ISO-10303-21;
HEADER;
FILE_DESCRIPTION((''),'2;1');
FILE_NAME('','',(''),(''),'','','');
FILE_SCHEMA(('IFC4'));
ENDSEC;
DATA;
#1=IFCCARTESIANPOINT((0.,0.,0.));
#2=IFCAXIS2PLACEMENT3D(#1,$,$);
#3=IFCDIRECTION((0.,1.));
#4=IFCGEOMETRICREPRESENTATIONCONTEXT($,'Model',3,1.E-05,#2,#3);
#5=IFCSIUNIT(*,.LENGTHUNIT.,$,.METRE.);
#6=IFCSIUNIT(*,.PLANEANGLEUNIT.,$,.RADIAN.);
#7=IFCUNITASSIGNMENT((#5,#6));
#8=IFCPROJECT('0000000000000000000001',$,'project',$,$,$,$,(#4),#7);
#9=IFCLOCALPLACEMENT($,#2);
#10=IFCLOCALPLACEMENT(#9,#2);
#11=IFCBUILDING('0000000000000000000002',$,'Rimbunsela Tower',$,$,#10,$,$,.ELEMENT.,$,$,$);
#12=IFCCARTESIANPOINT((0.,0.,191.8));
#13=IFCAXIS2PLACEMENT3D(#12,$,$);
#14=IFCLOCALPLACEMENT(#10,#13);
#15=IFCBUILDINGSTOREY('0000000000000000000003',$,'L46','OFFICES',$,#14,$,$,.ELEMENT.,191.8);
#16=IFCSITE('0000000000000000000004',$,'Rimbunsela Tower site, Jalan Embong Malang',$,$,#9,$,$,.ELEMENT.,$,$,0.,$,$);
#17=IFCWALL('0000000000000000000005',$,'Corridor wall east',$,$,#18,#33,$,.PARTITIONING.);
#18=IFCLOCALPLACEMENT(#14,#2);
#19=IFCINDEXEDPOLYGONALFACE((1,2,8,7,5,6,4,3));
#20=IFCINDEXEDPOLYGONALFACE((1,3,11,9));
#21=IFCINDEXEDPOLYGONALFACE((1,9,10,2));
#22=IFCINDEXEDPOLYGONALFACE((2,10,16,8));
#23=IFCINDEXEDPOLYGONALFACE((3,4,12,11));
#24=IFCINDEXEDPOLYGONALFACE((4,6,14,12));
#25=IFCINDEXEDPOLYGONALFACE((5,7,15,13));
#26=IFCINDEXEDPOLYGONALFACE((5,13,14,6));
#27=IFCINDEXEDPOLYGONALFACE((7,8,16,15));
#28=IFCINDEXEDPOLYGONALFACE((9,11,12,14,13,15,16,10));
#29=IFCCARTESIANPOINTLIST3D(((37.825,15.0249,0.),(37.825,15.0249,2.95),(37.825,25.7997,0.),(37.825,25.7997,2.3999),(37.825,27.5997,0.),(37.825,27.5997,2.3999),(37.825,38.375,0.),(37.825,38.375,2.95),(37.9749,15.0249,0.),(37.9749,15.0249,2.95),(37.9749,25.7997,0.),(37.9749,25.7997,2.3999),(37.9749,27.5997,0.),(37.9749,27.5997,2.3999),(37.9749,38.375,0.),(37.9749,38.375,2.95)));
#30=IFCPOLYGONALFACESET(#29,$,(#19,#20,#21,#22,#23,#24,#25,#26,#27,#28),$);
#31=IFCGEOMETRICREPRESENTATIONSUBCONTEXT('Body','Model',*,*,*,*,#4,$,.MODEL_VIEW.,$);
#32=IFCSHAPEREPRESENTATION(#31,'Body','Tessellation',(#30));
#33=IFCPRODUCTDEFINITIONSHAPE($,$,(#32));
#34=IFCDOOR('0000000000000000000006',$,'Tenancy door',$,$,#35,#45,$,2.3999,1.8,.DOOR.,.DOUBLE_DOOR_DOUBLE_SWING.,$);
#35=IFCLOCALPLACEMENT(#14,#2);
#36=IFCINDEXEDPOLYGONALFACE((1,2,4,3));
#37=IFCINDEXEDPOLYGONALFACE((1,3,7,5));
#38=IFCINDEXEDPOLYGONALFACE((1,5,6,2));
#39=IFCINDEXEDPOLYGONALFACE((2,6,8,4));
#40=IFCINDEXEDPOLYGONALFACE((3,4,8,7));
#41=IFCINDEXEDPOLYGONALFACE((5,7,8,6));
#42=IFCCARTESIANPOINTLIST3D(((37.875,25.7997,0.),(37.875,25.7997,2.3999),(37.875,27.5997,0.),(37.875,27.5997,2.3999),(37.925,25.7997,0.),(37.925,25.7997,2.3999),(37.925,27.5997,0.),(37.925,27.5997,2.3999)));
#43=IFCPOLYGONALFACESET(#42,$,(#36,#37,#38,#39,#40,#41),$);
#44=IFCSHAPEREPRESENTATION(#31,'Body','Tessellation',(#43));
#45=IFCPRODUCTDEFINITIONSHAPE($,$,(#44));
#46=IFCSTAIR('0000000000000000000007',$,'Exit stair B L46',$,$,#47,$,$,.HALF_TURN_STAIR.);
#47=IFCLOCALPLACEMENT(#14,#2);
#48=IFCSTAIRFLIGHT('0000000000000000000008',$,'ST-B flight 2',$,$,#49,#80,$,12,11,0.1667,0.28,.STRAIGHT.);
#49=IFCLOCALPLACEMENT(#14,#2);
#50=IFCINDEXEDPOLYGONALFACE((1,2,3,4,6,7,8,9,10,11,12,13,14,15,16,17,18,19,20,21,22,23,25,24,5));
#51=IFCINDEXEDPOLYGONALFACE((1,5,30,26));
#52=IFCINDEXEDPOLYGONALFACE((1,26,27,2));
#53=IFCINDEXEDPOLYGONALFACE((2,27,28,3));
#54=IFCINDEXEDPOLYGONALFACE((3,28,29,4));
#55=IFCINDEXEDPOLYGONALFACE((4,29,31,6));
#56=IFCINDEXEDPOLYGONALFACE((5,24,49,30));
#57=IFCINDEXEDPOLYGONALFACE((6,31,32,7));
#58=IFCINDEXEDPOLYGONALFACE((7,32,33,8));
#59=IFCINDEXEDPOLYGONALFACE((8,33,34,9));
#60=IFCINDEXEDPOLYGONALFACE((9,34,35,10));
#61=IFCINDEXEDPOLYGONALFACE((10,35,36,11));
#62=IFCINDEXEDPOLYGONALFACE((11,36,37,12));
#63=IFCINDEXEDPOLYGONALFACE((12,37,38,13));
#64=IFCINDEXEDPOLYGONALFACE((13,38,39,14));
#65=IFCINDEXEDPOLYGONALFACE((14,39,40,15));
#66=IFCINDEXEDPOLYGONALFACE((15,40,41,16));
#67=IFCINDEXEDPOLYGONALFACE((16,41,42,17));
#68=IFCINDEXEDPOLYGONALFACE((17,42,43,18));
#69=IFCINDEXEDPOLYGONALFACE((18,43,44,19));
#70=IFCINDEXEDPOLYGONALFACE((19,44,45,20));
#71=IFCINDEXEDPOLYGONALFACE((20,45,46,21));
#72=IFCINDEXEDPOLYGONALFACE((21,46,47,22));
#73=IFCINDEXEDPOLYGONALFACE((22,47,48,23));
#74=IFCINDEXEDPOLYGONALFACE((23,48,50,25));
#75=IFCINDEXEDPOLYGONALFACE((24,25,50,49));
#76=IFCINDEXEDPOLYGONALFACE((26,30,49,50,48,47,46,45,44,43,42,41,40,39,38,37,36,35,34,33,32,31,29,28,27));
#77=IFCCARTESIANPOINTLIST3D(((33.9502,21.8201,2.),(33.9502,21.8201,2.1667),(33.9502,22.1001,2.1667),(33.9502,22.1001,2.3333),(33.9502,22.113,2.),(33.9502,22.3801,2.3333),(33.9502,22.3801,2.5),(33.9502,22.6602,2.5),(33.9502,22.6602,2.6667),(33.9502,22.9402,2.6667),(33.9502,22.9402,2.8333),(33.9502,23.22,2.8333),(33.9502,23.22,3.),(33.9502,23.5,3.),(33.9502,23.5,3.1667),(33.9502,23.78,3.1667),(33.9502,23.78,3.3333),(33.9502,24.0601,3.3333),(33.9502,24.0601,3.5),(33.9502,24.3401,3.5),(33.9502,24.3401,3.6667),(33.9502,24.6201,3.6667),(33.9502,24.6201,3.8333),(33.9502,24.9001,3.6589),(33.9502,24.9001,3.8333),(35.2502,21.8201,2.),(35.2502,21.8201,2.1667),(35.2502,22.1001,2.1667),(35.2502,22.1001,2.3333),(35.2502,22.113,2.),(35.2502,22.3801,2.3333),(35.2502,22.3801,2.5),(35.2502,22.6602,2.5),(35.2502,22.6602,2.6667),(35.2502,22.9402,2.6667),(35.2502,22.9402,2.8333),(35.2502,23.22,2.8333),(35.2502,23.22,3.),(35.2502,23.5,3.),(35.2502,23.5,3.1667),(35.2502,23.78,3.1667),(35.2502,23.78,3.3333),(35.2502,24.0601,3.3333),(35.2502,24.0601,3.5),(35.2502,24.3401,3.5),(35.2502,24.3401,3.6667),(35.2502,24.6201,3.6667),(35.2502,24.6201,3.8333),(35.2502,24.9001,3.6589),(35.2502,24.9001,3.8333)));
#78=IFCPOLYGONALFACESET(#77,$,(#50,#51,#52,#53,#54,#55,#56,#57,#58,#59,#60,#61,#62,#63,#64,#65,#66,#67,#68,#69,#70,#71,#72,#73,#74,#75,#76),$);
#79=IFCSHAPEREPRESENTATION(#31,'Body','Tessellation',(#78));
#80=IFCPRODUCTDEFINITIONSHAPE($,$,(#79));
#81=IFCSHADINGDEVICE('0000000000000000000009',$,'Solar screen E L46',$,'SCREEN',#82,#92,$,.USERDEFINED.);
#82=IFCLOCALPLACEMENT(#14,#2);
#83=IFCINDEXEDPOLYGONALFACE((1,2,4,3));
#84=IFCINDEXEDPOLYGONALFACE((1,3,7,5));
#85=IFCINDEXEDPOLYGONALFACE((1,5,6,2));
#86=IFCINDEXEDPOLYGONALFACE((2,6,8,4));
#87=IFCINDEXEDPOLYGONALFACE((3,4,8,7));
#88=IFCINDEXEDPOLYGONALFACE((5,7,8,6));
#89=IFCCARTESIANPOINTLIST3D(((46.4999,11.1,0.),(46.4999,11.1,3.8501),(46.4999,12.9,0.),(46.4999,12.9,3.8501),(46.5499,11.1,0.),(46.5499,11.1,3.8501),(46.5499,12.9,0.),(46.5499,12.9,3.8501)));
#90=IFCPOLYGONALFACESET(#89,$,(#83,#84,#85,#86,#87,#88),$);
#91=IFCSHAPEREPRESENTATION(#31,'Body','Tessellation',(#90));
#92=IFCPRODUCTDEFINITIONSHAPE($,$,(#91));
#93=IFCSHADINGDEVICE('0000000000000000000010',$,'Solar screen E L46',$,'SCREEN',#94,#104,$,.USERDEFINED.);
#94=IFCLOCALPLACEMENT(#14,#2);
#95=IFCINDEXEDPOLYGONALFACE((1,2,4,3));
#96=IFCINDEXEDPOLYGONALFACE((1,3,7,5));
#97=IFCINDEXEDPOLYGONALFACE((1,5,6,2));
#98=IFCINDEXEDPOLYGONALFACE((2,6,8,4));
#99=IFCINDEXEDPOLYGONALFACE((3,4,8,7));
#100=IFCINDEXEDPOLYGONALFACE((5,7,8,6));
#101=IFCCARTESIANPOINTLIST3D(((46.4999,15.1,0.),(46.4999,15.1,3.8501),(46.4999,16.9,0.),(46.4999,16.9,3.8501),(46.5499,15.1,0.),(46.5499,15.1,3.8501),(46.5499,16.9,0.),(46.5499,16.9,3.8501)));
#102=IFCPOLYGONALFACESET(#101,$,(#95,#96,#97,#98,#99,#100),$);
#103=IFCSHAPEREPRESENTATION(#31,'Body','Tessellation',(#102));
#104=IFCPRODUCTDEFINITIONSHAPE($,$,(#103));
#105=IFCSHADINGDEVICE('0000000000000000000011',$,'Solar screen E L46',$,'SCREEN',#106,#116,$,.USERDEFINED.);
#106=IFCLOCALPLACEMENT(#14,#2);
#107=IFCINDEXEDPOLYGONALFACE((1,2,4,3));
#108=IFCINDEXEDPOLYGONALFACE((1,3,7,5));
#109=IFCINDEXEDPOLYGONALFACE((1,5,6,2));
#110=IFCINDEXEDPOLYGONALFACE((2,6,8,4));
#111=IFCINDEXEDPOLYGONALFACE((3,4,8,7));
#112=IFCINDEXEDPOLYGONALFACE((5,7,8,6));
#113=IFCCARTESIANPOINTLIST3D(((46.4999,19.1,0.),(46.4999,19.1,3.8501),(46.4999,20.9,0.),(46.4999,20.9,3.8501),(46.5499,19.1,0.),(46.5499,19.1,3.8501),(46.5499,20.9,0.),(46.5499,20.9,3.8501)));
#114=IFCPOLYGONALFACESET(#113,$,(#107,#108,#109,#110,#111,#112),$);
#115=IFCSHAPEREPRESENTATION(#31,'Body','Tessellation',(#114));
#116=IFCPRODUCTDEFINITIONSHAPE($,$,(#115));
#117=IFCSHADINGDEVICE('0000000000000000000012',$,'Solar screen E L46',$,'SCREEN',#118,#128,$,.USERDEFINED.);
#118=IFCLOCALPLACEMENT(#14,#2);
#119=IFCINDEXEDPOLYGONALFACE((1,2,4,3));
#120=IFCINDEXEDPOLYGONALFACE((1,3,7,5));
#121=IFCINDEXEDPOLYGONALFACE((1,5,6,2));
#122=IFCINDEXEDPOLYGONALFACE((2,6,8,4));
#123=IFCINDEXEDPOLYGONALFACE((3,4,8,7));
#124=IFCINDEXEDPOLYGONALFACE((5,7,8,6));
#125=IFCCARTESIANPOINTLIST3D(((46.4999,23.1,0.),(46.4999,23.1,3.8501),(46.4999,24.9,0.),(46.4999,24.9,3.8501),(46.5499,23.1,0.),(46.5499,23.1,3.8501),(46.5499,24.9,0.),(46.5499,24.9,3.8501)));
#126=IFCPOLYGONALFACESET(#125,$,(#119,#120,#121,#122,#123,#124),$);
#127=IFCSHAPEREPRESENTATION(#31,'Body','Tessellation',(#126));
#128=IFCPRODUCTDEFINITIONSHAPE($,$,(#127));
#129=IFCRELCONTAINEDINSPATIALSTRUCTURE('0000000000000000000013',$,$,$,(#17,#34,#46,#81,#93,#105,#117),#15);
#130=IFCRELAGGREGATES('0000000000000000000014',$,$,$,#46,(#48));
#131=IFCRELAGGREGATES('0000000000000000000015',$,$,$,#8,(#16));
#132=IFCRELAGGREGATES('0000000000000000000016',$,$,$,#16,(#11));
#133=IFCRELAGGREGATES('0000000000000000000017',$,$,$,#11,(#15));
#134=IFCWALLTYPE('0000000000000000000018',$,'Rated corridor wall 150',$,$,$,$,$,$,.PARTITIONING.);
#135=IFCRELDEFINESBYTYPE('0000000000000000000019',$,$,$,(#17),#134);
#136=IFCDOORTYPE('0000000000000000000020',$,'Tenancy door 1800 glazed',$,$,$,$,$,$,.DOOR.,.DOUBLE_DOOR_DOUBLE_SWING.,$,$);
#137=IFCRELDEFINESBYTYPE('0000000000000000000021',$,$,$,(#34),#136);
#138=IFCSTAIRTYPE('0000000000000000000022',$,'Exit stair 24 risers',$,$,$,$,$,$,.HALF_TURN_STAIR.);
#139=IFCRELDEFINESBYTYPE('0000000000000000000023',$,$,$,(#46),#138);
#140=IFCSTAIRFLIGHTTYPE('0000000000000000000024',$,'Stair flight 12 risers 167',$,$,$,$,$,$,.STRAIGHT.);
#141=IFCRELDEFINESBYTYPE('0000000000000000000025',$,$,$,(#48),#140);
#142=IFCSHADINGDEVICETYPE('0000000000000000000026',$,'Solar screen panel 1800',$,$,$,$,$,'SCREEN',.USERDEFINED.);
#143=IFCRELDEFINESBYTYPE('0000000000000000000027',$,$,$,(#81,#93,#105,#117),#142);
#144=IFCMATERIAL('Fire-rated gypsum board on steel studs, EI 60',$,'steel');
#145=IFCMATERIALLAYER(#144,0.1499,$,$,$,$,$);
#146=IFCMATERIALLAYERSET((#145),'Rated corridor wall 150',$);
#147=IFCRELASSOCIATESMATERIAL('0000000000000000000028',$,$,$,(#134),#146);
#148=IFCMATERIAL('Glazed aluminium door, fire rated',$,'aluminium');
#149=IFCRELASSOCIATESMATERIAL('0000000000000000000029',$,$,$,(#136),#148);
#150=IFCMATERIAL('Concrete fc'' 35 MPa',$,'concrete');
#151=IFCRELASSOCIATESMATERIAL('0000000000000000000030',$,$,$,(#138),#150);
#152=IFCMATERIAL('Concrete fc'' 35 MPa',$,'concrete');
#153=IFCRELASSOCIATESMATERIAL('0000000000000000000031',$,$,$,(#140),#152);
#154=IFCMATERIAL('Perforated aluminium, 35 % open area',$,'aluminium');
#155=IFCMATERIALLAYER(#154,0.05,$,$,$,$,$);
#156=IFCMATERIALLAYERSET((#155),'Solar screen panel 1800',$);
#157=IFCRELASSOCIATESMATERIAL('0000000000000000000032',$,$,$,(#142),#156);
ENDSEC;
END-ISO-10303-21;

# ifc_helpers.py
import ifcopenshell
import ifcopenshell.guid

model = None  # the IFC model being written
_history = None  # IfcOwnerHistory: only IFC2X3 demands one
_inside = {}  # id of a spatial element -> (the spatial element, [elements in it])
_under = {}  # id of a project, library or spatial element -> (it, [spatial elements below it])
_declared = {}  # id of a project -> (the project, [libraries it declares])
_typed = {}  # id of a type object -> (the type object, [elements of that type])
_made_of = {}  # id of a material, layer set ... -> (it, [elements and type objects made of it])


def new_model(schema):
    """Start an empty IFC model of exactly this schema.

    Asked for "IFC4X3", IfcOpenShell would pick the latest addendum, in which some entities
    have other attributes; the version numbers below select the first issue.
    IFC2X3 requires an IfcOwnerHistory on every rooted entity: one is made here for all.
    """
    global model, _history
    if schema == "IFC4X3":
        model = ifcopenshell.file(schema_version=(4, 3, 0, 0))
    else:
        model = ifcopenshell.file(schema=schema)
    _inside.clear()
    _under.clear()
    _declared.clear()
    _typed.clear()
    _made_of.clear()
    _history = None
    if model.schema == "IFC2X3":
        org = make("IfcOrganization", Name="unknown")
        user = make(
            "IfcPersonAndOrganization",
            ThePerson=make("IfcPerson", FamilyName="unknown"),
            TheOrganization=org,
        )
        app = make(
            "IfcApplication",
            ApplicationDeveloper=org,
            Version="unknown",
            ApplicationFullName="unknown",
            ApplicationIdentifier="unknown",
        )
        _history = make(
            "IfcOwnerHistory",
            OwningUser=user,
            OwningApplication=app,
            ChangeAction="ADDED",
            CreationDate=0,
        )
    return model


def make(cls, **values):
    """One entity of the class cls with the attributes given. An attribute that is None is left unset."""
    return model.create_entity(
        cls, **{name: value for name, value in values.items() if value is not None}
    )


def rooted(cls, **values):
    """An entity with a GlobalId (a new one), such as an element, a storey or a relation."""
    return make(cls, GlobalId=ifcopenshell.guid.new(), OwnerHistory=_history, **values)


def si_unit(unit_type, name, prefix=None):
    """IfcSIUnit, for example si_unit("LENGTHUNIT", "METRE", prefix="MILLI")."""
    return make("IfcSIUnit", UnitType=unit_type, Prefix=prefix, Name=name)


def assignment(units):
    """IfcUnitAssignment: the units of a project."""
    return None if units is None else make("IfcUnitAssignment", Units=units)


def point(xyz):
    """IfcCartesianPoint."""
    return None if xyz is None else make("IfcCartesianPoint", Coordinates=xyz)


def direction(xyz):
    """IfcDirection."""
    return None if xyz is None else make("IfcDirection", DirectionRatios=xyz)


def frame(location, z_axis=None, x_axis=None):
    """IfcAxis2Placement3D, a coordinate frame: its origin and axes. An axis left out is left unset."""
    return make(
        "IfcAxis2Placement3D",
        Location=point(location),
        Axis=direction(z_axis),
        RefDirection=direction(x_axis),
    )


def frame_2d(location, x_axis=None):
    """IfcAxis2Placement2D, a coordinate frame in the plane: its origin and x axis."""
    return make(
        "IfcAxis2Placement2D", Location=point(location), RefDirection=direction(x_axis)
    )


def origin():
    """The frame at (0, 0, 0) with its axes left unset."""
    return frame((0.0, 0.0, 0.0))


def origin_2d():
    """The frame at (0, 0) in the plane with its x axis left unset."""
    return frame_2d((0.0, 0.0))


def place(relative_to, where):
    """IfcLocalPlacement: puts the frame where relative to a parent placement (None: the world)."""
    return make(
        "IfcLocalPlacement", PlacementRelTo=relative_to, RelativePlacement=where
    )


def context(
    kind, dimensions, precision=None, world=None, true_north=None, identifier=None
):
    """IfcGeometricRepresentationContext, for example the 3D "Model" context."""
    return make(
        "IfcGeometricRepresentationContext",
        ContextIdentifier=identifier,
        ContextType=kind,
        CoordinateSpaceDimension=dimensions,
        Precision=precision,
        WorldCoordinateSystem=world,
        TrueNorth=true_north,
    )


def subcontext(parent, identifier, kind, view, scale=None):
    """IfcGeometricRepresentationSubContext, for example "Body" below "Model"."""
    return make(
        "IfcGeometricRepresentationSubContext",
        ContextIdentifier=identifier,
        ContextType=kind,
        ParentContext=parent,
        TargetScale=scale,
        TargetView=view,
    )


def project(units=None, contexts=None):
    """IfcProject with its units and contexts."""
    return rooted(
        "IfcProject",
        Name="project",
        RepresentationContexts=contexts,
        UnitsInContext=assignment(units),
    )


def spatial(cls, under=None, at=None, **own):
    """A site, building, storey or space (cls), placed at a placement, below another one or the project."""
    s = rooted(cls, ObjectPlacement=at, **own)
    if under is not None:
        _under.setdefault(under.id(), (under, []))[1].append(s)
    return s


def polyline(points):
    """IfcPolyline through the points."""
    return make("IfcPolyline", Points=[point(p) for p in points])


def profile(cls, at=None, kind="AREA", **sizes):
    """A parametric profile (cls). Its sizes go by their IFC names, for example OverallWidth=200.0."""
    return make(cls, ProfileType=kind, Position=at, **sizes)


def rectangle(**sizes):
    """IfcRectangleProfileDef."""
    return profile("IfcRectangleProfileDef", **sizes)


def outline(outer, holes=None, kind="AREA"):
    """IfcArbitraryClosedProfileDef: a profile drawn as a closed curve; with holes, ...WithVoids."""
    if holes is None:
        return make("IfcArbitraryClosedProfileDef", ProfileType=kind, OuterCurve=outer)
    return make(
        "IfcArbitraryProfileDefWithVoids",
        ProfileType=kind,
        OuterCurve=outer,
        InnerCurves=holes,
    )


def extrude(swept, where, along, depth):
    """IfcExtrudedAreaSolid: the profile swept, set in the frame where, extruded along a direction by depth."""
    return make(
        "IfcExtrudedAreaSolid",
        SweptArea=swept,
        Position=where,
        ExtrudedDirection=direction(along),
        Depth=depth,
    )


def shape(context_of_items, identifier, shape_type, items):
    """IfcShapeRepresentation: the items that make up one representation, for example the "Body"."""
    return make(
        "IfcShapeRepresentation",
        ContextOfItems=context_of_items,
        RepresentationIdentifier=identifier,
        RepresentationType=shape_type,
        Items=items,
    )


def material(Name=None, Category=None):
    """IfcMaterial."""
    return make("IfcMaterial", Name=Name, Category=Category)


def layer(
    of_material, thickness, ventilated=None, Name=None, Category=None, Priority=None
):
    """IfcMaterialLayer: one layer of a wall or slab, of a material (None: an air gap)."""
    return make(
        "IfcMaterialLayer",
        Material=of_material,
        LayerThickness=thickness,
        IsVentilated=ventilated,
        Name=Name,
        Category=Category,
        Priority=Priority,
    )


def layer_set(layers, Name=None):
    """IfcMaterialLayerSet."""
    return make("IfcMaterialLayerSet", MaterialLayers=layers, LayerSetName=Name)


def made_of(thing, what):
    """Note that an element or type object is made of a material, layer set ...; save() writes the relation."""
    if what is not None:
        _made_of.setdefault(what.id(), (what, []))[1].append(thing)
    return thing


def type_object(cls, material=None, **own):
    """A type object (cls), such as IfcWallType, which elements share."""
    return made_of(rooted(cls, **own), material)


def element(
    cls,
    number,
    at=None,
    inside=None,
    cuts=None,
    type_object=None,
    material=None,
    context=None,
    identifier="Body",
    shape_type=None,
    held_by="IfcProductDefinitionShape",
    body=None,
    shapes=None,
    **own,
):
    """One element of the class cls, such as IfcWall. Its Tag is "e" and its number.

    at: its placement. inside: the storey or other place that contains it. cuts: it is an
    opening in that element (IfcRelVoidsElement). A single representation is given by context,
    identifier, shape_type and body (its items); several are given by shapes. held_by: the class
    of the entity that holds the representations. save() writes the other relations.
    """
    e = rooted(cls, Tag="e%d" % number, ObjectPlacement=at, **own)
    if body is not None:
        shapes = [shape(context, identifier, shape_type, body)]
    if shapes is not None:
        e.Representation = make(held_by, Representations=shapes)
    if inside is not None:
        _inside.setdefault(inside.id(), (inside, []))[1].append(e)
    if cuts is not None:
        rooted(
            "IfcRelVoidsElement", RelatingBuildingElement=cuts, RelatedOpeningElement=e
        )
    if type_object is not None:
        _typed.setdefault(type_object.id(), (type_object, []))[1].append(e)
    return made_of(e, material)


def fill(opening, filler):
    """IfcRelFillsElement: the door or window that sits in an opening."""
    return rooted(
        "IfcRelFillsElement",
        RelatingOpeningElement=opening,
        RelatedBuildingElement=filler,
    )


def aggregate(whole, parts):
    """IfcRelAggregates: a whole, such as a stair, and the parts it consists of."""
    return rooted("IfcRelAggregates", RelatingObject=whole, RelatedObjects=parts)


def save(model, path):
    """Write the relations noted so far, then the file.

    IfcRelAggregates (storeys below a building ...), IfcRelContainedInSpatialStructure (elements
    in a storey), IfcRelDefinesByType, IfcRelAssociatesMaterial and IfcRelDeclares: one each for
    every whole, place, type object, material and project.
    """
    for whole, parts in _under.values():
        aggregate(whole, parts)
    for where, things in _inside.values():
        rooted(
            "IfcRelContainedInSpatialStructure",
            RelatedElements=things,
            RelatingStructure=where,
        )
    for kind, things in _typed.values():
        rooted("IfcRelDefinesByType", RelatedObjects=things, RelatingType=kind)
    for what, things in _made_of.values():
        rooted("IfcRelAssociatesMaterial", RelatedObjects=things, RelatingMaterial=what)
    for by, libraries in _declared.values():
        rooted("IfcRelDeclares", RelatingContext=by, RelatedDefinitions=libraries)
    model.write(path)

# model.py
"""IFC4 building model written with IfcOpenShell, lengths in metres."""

from ifc_helpers import new_model, si_unit, direction, frame, frame_2d, origin, origin_2d, place, context, subcontext, project, spatial, polyline, rectangle, outline, extrude, material, layer, layer_set, type_object, element, fill, aggregate, save


model = new_model("IFC4")

# Units and contexts
model_context = context("Model", 3, precision=1e-05, world=origin(), true_north=direction((0.0, 1.0)))
body_context = subcontext(model_context, "Body", "Model", "MODEL_VIEW")
ifc_project = project(units=[si_unit("LENGTHUNIT", "METRE"), si_unit("PLANEANGLEUNIT", "RADIAN")], contexts=[model_context])

# Site, building, storey
site_placement = place(None, origin())
site = spatial("IfcSite", under=ifc_project, at=site_placement, Name="Rimbunsela Tower site, Jalan Embong Malang", CompositionType="ELEMENT", RefElevation=0.0)
building_placement = place(site_placement, origin())
building = spatial("IfcBuilding", under=site, at=building_placement, Name="Rimbunsela Tower", CompositionType="ELEMENT")
storey_placement = place(building_placement, frame((0.0, 0.0, 191.8)))
storey = spatial("IfcBuildingStorey", under=building, at=storey_placement, Name="L46", Description="OFFICES", CompositionType="ELEMENT", Elevation=191.8)

# Wall, opening, door
ifc_material_1 = material(Name="Fire-rated gypsum board on steel studs, EI 60", Category="steel")
ifc_layer_1 = layer(ifc_material_1, 0.1499)
ifc_layer_set_1 = layer_set([ifc_layer_1], Name="Rated corridor wall 150")
wall_type_1 = type_object("IfcWallType", Name="Rated corridor wall 150", PredefinedType="PARTITIONING", material=ifc_layer_set_1)
wall_1_placement = place(storey_placement, frame((37.8999, 15.0249, 0.0), z_axis=(0.0, 0.0, 1.0), x_axis=(0.0, 1.0, 0.0)))
wall_1 = element("IfcWall", 1, at=wall_1_placement, inside=storey, type_object=wall_type_1, Name="Corridor wall east", PredefinedType="PARTITIONING", context=body_context, shape_type="SweptSolid", body=[
    extrude(rectangle(XDim=23.3501, YDim=0.1499, at=frame_2d((11.675, 0.0))), origin(), (0.0, 0.0, 1.0), 2.95),
])
opening_1_placement = place(wall_1_placement, frame((10.7749, 0.0, 0.0)))
opening_1 = element("IfcOpeningElement", 2, at=opening_1_placement, cuts=wall_1, PredefinedType="OPENING", context=body_context, shape_type="SweptSolid", body=[
    extrude(rectangle(XDim=1.8, YDim=2.3999, at=frame_2d((0.8999, 1.2))), frame((0.0, 0.085, 0.0), z_axis=(0.0, -1.0, 0.0), x_axis=(1.0, 0.0, 0.0)), (0.0, 0.0, 1.0), 0.1699),
])
ifc_material_2 = material(Name="Glazed aluminium door, fire rated", Category="aluminium")
door_type_1 = type_object("IfcDoorType", Name="Tenancy door 1800 glazed", OperationType="DOUBLE_DOOR_DOUBLE_SWING", PredefinedType="DOOR", material=ifc_material_2)
door_1_placement = place(opening_1_placement, origin())
door_1 = element("IfcDoor", 3, at=door_1_placement, inside=storey, type_object=door_type_1, Name="Tenancy door", OperationType="DOUBLE_DOOR_DOUBLE_SWING", OverallHeight=2.3999, OverallWidth=1.8, PredefinedType="DOOR", context=body_context, shape_type="SweptSolid", body=[
    extrude(rectangle(XDim=1.8, YDim=2.3999, at=frame_2d((0.8999, 1.2))), frame((0.0, 0.0249, 0.0), z_axis=(0.0, -1.0, 0.0), x_axis=(1.0, 0.0, 0.0)), (0.0, 0.0, 1.0), 0.05),
])
fill(opening_1, door_1)

# Stair, stair flight
ifc_material_3 = material(Name="Concrete fc' 35 MPa", Category="concrete")
stair_type = type_object("IfcStairType", Name="Exit stair 24 risers", PredefinedType="HALF_TURN_STAIR", material=ifc_material_3)
stair_placement = place(storey_placement, origin())
stair = element("IfcStair", 4, at=stair_placement, inside=storey, type_object=stair_type, Name="Exit stair B L46", PredefinedType="HALF_TURN_STAIR")
ifc_material_4 = material(Name="Concrete fc' 35 MPa", Category="concrete")
stair_flight_type = type_object("IfcStairFlightType", Name="Stair flight 12 risers 167", PredefinedType="STRAIGHT", material=ifc_material_4)
stair_flight_placement = place(storey_placement, frame((34.6001, 21.8201, 2.0), z_axis=(0.0, 0.0, 1.0), x_axis=(0.0, 1.0, 0.0)))
stair_flight = element("IfcStairFlight", 5, at=stair_flight_placement, type_object=stair_flight_type, Name="ST-B flight 2", NumberOfRisers=12, NumberOfTreads=11, PredefinedType="STRAIGHT", RiserHeight=0.1667, TreadLength=0.28, context=body_context, shape_type="SweptSolid", body=[
    extrude(outline(polyline([(0.0, 0.0), (0.0, 0.1667), (0.28, 0.1667), (0.28, 0.3333), (0.5601, 0.3333), (0.5601, 0.5), (0.8401, 0.5), (0.8401, 0.6667), (1.1201, 0.6667), (1.1201, 0.8333), (1.3999, 0.8333), (1.3999, 1.0), (1.6799, 1.0), (1.6799, 1.1667), (1.96, 1.1667), (1.96, 1.3333), (2.24, 1.3333), (2.24, 1.5), (2.52, 1.5), (2.52, 1.6667), (2.8, 1.6667), (2.8, 1.8333), (3.0801, 1.8333), (3.0801, 2.0), (3.0801, 1.6589), (0.293, 0.0), (0.0, 0.0)])), frame((0.0, 0.6499, 0.0), z_axis=(0.0, -1.0, 0.0), x_axis=(1.0, 0.0, 0.0)), (0.0, 0.0, 1.0), 1.3),
])
aggregate(stair, [stair_flight])

# Shading devices
ifc_material_5 = material(Name="Perforated aluminium, 35 % open area", Category="aluminium")
ifc_layer_2 = layer(ifc_material_5, 0.05)
ifc_layer_set_2 = layer_set([ifc_layer_2], Name="Solar screen panel 1800")
shading_device_type = type_object("IfcShadingDeviceType", Name="Solar screen panel 1800", ElementType="SCREEN", PredefinedType="USERDEFINED", material=ifc_layer_set_2)
for number, where, z_axis, x_axis, name in (
    (6, (46.5249, 12.0, 0.0), (0.0, 0.0, 1.0), (0.0, 1.0, 0.0), "Solar screen E L46"),
    (7, (46.5249, 16.0, 0.0), (0.0, 0.0, 1.0), (0.0, 1.0, 0.0), "Solar screen E L46"),
    (8, (46.5249, 20.0, 0.0), (0.0, 0.0, 1.0), (0.0, 1.0, 0.0), "Solar screen E L46"),
    (9, (46.5249, 24.0, 0.0), (0.0, 0.0, 1.0), (0.0, 1.0, 0.0), "Solar screen E L46"),
):
    element("IfcShadingDevice", number, at=place(storey_placement, frame(where, z_axis=z_axis, x_axis=x_axis)), inside=storey, type_object=shading_device_type, Name=name, ObjectType="SCREEN", PredefinedType="USERDEFINED", context=body_context, shape_type="SweptSolid", body=[
        extrude(rectangle(XDim=1.8, YDim=0.05, at=origin_2d()), origin(), (0.0, 0.0, 1.0), 3.8501),
    ])

save(model, "model.ifc")
